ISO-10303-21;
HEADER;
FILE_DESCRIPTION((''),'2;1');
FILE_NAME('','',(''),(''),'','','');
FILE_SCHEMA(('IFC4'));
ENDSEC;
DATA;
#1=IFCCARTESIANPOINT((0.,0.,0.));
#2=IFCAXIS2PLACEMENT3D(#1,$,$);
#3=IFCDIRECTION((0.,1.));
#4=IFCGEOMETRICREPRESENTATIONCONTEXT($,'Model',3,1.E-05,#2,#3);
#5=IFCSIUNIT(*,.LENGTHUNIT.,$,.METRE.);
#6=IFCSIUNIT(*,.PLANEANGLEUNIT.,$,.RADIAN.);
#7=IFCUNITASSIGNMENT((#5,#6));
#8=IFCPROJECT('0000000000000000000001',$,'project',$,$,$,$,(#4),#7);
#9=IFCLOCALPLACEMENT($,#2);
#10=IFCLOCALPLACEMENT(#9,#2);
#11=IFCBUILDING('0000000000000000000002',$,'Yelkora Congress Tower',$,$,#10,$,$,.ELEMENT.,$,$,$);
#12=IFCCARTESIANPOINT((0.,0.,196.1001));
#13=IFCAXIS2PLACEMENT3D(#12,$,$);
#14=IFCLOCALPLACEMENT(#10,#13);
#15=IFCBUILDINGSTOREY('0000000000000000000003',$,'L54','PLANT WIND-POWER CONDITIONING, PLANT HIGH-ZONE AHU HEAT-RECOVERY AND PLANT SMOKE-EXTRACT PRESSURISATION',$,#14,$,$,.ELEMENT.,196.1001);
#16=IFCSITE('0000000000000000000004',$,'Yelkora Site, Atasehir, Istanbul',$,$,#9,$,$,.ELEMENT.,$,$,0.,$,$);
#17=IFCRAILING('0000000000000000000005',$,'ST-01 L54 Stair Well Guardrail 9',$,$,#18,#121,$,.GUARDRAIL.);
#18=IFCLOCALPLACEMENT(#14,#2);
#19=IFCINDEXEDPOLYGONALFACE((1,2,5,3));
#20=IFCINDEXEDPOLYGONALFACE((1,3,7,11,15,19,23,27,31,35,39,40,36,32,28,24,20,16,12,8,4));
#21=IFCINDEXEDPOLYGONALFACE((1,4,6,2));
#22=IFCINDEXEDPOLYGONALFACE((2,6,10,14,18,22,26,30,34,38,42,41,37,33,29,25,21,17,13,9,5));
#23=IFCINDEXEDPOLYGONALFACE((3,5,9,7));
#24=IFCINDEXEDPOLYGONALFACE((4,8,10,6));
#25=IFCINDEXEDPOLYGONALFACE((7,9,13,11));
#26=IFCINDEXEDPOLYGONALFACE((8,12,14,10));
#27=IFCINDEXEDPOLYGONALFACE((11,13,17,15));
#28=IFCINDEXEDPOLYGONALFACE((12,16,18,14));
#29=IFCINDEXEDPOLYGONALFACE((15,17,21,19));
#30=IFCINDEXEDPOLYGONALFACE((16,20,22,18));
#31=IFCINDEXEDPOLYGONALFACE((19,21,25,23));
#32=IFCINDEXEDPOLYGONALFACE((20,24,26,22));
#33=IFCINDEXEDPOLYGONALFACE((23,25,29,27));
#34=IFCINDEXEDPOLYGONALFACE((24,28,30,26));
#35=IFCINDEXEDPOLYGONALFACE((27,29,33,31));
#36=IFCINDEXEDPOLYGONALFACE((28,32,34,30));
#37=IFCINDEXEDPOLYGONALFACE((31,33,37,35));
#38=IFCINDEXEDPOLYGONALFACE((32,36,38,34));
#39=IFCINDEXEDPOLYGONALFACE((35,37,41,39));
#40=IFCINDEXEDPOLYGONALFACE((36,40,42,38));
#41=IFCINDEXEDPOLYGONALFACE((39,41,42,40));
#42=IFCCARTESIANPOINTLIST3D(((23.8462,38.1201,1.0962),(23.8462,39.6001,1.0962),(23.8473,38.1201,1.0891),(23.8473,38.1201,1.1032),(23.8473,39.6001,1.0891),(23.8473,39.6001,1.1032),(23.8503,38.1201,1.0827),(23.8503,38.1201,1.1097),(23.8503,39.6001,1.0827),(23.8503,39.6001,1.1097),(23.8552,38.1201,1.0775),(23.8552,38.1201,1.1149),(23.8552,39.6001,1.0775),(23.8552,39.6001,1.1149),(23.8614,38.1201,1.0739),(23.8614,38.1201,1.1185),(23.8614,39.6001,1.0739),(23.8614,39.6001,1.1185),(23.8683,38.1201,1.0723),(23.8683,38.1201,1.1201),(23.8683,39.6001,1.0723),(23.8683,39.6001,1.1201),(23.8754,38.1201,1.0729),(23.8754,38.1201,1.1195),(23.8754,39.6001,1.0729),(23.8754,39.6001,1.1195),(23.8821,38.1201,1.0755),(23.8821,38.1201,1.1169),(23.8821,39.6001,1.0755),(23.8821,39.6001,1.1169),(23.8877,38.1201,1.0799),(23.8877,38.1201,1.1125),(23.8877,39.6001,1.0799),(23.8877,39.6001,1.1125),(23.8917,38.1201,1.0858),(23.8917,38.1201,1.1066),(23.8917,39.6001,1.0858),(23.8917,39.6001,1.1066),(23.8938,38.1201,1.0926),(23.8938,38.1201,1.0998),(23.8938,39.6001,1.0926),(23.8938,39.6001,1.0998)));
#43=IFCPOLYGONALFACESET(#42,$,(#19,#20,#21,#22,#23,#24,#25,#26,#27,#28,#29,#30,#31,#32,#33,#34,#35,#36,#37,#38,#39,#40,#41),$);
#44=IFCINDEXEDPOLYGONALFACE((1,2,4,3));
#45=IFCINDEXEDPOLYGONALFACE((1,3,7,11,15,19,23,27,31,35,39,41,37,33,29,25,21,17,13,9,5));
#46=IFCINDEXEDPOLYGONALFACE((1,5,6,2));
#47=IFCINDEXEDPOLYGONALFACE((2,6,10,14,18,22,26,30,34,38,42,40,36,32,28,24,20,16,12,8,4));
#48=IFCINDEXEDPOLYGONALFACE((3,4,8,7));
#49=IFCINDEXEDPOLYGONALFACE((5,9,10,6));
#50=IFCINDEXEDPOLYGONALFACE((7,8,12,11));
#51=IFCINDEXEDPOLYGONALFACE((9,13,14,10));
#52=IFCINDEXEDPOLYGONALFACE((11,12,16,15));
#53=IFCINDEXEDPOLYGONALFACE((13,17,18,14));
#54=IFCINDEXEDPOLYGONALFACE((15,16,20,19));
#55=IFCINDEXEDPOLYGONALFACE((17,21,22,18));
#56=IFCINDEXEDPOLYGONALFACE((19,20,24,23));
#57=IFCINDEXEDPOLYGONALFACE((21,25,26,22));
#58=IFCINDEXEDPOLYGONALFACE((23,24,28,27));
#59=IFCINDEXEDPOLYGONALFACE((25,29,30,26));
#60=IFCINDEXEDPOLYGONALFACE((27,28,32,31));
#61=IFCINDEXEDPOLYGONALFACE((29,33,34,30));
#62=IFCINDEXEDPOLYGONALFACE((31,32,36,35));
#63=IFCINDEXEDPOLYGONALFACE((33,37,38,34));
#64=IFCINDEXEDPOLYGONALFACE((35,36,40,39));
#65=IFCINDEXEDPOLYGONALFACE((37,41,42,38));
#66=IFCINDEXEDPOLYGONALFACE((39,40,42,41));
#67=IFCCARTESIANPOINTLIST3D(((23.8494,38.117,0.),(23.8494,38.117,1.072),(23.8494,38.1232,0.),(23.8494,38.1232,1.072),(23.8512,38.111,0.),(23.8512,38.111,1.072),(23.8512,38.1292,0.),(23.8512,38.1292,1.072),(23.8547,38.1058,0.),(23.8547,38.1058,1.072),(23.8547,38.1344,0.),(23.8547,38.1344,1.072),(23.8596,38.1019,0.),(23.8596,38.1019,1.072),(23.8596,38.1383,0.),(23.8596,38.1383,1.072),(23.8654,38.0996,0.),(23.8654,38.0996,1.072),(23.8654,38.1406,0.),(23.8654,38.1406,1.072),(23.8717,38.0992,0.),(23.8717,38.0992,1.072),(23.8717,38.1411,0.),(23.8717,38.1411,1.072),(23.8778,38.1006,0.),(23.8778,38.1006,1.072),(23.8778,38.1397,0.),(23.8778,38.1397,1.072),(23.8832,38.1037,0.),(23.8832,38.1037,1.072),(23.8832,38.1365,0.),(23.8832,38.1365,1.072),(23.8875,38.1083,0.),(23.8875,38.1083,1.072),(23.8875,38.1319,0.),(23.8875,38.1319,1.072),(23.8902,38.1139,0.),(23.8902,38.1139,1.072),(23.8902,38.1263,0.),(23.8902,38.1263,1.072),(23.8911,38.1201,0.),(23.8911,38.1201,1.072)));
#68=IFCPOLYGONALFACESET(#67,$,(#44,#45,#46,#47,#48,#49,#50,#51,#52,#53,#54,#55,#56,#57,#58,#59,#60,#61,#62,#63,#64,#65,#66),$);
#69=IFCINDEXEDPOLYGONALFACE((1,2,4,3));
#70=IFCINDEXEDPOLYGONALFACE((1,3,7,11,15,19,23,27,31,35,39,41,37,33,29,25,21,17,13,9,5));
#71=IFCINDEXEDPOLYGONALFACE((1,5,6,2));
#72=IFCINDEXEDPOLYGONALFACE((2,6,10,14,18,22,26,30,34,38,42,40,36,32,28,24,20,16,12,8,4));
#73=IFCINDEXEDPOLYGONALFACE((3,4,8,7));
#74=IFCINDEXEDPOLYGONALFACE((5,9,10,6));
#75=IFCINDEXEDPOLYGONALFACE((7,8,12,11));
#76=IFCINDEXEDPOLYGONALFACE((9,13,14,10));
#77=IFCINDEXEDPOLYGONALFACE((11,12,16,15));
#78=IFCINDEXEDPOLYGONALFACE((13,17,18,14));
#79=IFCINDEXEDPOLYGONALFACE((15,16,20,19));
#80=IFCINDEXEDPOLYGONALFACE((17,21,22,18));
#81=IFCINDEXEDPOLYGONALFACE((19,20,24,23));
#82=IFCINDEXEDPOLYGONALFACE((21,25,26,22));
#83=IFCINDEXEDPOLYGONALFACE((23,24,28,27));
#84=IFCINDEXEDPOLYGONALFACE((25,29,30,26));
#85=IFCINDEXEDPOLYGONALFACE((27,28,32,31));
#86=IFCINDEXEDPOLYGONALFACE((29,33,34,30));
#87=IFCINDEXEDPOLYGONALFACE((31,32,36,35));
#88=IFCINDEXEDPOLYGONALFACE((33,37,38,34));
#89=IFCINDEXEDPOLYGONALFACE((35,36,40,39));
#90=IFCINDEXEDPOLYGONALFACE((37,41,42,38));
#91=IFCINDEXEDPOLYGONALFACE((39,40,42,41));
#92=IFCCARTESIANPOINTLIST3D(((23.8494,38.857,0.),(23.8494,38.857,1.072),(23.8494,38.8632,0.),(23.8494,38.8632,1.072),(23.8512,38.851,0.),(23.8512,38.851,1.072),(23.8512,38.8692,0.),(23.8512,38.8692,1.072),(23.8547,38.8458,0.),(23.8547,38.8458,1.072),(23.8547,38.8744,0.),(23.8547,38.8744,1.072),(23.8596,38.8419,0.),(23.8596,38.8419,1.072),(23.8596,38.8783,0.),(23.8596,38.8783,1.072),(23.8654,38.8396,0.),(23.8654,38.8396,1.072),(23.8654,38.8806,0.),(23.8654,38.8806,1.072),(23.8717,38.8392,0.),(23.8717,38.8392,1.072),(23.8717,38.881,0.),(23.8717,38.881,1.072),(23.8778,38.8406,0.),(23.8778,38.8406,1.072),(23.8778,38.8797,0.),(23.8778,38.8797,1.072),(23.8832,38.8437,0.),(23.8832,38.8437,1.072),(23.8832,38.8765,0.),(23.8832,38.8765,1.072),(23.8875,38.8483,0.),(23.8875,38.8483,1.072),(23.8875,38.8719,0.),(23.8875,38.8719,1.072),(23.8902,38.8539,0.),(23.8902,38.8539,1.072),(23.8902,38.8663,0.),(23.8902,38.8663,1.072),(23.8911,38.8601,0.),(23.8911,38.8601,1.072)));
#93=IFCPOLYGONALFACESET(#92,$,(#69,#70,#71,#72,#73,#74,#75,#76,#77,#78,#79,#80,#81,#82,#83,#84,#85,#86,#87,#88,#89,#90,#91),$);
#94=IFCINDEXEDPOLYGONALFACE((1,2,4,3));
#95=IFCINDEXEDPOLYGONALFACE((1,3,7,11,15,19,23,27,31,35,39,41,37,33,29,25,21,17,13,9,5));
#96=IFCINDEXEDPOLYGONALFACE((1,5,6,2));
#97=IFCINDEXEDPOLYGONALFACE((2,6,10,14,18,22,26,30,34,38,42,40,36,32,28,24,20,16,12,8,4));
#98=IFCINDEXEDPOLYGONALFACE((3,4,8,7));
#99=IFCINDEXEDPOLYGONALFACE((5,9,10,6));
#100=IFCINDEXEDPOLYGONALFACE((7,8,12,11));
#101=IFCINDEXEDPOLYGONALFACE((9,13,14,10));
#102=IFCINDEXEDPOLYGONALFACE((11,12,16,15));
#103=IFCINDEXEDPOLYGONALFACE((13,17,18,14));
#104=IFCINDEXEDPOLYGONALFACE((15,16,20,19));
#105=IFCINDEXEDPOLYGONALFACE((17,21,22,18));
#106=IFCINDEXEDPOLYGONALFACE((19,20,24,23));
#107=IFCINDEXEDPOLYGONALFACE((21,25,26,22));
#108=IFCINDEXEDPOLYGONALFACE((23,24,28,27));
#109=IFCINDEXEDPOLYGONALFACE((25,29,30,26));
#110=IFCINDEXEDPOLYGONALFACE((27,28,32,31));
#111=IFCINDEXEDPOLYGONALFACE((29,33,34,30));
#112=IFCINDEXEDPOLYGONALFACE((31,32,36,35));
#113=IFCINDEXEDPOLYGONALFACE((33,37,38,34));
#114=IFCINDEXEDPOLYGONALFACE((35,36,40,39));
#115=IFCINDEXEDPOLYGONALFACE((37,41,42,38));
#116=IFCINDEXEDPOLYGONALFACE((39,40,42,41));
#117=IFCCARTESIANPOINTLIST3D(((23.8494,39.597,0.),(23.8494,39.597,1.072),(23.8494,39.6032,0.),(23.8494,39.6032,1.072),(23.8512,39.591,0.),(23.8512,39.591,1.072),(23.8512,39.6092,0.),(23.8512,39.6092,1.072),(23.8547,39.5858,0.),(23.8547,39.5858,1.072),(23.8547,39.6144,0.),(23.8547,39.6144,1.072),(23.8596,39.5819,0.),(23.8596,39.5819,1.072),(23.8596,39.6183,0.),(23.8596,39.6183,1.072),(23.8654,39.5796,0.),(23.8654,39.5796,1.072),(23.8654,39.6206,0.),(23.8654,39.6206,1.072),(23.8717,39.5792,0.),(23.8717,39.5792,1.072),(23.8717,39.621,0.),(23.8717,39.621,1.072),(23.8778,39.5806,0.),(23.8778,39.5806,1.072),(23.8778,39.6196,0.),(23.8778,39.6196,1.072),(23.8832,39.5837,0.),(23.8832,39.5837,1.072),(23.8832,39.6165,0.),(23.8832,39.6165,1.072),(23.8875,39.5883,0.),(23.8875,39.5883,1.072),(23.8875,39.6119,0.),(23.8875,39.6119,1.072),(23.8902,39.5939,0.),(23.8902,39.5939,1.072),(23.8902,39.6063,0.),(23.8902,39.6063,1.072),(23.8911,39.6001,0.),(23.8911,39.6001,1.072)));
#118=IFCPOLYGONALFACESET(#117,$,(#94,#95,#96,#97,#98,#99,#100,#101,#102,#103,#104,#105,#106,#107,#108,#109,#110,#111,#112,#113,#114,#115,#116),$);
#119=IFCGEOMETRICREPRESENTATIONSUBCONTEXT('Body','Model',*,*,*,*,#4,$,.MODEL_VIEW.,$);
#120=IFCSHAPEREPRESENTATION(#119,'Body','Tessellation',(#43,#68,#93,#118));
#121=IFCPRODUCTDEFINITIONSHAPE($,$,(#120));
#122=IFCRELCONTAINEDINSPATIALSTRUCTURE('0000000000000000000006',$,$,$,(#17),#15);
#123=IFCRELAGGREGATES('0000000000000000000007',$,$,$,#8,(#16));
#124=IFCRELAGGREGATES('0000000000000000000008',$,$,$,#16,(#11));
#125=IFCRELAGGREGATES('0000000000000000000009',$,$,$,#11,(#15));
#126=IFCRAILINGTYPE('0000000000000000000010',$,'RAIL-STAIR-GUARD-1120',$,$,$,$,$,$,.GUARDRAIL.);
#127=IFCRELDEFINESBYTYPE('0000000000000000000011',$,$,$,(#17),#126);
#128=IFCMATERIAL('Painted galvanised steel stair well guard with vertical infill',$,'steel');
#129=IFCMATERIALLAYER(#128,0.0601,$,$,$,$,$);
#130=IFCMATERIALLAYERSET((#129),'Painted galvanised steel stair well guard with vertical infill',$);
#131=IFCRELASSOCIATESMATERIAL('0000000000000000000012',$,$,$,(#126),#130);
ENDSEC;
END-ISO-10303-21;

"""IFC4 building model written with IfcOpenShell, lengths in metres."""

from ifc_helpers import new_model, si_unit, direction, frame, origin, origin_2d, place, context, subcontext, project, spatial, circle, extrude, material, layer, layer_set, type_object, element, save


model = new_model("IFC4")

# Units and contexts
model_context = context("Model", 3, precision=1e-05, world=origin(), true_north=direction((0.0, 1.0)))
body_context = subcontext(model_context, "Body", "Model", "MODEL_VIEW")
ifc_project = project(units=[si_unit("LENGTHUNIT", "METRE"), si_unit("PLANEANGLEUNIT", "RADIAN")], contexts=[model_context])

# Site, building, storey
site_placement = place(None, origin())
site = spatial("IfcSite", under=ifc_project, at=site_placement, Name="Yelkora Site, Atasehir, Istanbul", CompositionType="ELEMENT", RefElevation=0.0)
building_placement = place(site_placement, origin())
building = spatial("IfcBuilding", under=site, at=building_placement, Name="Yelkora Congress Tower", CompositionType="ELEMENT")
storey_placement = place(building_placement, frame((0.0, 0.0, 196.1001)))
storey = spatial("IfcBuildingStorey", under=building, at=storey_placement, Name="L54", Description="PLANT WIND-POWER CONDITIONING, PLANT HIGH-ZONE AHU HEAT-RECOVERY AND PLANT SMOKE-EXTRACT PRESSURISATION", CompositionType="ELEMENT", Elevation=196.1001)

# Railing
ifc_material_1 = material(Name="Painted galvanised steel stair well guard with vertical infill", Category="steel")
ifc_layer_1 = layer(ifc_material_1, 0.0601)
ifc_layer_set_1 = layer_set([ifc_layer_1], Name="Painted galvanised steel stair well guard with vertical infill")
railing_type_1 = type_object("IfcRailingType", Name="RAIL-STAIR-GUARD-1120", PredefinedType="GUARDRAIL", material=ifc_layer_set_1)
for number, where, name in (
    (1, (23.8701, 38.1201, 0.0), "ST-01 L54 Stair Well Guardrail 9"),
):
    element("IfcRailing", number, at=place(storey_placement, frame(where)), inside=storey, type_object=railing_type_1, Name=name, PredefinedType="GUARDRAIL", context=body_context, shape_type="SweptSolid", body=[
        extrude(circle(Radius=0.0239, at=origin_2d()), frame((0.0, 0.0, 1.0962), z_axis=(0.0, 1.0, 0.0), x_axis=(-1.0, 0.0, 0.0)), (0.0, 0.0, 1.0), 1.48),
        extrude(circle(Radius=0.021, at=origin_2d()), origin(), (0.0, 0.0, 1.0), 1.072),
        extrude(circle(Radius=0.021, at=origin_2d()), frame((0.0, 0.74, 0.0)), (0.0, 0.0, 1.0), 1.072),
        extrude(circle(Radius=0.021, at=origin_2d()), frame((0.0, 1.48, 0.0)), (0.0, 0.0, 1.0), 1.072),
    ])

save(model, "model.ifc")
